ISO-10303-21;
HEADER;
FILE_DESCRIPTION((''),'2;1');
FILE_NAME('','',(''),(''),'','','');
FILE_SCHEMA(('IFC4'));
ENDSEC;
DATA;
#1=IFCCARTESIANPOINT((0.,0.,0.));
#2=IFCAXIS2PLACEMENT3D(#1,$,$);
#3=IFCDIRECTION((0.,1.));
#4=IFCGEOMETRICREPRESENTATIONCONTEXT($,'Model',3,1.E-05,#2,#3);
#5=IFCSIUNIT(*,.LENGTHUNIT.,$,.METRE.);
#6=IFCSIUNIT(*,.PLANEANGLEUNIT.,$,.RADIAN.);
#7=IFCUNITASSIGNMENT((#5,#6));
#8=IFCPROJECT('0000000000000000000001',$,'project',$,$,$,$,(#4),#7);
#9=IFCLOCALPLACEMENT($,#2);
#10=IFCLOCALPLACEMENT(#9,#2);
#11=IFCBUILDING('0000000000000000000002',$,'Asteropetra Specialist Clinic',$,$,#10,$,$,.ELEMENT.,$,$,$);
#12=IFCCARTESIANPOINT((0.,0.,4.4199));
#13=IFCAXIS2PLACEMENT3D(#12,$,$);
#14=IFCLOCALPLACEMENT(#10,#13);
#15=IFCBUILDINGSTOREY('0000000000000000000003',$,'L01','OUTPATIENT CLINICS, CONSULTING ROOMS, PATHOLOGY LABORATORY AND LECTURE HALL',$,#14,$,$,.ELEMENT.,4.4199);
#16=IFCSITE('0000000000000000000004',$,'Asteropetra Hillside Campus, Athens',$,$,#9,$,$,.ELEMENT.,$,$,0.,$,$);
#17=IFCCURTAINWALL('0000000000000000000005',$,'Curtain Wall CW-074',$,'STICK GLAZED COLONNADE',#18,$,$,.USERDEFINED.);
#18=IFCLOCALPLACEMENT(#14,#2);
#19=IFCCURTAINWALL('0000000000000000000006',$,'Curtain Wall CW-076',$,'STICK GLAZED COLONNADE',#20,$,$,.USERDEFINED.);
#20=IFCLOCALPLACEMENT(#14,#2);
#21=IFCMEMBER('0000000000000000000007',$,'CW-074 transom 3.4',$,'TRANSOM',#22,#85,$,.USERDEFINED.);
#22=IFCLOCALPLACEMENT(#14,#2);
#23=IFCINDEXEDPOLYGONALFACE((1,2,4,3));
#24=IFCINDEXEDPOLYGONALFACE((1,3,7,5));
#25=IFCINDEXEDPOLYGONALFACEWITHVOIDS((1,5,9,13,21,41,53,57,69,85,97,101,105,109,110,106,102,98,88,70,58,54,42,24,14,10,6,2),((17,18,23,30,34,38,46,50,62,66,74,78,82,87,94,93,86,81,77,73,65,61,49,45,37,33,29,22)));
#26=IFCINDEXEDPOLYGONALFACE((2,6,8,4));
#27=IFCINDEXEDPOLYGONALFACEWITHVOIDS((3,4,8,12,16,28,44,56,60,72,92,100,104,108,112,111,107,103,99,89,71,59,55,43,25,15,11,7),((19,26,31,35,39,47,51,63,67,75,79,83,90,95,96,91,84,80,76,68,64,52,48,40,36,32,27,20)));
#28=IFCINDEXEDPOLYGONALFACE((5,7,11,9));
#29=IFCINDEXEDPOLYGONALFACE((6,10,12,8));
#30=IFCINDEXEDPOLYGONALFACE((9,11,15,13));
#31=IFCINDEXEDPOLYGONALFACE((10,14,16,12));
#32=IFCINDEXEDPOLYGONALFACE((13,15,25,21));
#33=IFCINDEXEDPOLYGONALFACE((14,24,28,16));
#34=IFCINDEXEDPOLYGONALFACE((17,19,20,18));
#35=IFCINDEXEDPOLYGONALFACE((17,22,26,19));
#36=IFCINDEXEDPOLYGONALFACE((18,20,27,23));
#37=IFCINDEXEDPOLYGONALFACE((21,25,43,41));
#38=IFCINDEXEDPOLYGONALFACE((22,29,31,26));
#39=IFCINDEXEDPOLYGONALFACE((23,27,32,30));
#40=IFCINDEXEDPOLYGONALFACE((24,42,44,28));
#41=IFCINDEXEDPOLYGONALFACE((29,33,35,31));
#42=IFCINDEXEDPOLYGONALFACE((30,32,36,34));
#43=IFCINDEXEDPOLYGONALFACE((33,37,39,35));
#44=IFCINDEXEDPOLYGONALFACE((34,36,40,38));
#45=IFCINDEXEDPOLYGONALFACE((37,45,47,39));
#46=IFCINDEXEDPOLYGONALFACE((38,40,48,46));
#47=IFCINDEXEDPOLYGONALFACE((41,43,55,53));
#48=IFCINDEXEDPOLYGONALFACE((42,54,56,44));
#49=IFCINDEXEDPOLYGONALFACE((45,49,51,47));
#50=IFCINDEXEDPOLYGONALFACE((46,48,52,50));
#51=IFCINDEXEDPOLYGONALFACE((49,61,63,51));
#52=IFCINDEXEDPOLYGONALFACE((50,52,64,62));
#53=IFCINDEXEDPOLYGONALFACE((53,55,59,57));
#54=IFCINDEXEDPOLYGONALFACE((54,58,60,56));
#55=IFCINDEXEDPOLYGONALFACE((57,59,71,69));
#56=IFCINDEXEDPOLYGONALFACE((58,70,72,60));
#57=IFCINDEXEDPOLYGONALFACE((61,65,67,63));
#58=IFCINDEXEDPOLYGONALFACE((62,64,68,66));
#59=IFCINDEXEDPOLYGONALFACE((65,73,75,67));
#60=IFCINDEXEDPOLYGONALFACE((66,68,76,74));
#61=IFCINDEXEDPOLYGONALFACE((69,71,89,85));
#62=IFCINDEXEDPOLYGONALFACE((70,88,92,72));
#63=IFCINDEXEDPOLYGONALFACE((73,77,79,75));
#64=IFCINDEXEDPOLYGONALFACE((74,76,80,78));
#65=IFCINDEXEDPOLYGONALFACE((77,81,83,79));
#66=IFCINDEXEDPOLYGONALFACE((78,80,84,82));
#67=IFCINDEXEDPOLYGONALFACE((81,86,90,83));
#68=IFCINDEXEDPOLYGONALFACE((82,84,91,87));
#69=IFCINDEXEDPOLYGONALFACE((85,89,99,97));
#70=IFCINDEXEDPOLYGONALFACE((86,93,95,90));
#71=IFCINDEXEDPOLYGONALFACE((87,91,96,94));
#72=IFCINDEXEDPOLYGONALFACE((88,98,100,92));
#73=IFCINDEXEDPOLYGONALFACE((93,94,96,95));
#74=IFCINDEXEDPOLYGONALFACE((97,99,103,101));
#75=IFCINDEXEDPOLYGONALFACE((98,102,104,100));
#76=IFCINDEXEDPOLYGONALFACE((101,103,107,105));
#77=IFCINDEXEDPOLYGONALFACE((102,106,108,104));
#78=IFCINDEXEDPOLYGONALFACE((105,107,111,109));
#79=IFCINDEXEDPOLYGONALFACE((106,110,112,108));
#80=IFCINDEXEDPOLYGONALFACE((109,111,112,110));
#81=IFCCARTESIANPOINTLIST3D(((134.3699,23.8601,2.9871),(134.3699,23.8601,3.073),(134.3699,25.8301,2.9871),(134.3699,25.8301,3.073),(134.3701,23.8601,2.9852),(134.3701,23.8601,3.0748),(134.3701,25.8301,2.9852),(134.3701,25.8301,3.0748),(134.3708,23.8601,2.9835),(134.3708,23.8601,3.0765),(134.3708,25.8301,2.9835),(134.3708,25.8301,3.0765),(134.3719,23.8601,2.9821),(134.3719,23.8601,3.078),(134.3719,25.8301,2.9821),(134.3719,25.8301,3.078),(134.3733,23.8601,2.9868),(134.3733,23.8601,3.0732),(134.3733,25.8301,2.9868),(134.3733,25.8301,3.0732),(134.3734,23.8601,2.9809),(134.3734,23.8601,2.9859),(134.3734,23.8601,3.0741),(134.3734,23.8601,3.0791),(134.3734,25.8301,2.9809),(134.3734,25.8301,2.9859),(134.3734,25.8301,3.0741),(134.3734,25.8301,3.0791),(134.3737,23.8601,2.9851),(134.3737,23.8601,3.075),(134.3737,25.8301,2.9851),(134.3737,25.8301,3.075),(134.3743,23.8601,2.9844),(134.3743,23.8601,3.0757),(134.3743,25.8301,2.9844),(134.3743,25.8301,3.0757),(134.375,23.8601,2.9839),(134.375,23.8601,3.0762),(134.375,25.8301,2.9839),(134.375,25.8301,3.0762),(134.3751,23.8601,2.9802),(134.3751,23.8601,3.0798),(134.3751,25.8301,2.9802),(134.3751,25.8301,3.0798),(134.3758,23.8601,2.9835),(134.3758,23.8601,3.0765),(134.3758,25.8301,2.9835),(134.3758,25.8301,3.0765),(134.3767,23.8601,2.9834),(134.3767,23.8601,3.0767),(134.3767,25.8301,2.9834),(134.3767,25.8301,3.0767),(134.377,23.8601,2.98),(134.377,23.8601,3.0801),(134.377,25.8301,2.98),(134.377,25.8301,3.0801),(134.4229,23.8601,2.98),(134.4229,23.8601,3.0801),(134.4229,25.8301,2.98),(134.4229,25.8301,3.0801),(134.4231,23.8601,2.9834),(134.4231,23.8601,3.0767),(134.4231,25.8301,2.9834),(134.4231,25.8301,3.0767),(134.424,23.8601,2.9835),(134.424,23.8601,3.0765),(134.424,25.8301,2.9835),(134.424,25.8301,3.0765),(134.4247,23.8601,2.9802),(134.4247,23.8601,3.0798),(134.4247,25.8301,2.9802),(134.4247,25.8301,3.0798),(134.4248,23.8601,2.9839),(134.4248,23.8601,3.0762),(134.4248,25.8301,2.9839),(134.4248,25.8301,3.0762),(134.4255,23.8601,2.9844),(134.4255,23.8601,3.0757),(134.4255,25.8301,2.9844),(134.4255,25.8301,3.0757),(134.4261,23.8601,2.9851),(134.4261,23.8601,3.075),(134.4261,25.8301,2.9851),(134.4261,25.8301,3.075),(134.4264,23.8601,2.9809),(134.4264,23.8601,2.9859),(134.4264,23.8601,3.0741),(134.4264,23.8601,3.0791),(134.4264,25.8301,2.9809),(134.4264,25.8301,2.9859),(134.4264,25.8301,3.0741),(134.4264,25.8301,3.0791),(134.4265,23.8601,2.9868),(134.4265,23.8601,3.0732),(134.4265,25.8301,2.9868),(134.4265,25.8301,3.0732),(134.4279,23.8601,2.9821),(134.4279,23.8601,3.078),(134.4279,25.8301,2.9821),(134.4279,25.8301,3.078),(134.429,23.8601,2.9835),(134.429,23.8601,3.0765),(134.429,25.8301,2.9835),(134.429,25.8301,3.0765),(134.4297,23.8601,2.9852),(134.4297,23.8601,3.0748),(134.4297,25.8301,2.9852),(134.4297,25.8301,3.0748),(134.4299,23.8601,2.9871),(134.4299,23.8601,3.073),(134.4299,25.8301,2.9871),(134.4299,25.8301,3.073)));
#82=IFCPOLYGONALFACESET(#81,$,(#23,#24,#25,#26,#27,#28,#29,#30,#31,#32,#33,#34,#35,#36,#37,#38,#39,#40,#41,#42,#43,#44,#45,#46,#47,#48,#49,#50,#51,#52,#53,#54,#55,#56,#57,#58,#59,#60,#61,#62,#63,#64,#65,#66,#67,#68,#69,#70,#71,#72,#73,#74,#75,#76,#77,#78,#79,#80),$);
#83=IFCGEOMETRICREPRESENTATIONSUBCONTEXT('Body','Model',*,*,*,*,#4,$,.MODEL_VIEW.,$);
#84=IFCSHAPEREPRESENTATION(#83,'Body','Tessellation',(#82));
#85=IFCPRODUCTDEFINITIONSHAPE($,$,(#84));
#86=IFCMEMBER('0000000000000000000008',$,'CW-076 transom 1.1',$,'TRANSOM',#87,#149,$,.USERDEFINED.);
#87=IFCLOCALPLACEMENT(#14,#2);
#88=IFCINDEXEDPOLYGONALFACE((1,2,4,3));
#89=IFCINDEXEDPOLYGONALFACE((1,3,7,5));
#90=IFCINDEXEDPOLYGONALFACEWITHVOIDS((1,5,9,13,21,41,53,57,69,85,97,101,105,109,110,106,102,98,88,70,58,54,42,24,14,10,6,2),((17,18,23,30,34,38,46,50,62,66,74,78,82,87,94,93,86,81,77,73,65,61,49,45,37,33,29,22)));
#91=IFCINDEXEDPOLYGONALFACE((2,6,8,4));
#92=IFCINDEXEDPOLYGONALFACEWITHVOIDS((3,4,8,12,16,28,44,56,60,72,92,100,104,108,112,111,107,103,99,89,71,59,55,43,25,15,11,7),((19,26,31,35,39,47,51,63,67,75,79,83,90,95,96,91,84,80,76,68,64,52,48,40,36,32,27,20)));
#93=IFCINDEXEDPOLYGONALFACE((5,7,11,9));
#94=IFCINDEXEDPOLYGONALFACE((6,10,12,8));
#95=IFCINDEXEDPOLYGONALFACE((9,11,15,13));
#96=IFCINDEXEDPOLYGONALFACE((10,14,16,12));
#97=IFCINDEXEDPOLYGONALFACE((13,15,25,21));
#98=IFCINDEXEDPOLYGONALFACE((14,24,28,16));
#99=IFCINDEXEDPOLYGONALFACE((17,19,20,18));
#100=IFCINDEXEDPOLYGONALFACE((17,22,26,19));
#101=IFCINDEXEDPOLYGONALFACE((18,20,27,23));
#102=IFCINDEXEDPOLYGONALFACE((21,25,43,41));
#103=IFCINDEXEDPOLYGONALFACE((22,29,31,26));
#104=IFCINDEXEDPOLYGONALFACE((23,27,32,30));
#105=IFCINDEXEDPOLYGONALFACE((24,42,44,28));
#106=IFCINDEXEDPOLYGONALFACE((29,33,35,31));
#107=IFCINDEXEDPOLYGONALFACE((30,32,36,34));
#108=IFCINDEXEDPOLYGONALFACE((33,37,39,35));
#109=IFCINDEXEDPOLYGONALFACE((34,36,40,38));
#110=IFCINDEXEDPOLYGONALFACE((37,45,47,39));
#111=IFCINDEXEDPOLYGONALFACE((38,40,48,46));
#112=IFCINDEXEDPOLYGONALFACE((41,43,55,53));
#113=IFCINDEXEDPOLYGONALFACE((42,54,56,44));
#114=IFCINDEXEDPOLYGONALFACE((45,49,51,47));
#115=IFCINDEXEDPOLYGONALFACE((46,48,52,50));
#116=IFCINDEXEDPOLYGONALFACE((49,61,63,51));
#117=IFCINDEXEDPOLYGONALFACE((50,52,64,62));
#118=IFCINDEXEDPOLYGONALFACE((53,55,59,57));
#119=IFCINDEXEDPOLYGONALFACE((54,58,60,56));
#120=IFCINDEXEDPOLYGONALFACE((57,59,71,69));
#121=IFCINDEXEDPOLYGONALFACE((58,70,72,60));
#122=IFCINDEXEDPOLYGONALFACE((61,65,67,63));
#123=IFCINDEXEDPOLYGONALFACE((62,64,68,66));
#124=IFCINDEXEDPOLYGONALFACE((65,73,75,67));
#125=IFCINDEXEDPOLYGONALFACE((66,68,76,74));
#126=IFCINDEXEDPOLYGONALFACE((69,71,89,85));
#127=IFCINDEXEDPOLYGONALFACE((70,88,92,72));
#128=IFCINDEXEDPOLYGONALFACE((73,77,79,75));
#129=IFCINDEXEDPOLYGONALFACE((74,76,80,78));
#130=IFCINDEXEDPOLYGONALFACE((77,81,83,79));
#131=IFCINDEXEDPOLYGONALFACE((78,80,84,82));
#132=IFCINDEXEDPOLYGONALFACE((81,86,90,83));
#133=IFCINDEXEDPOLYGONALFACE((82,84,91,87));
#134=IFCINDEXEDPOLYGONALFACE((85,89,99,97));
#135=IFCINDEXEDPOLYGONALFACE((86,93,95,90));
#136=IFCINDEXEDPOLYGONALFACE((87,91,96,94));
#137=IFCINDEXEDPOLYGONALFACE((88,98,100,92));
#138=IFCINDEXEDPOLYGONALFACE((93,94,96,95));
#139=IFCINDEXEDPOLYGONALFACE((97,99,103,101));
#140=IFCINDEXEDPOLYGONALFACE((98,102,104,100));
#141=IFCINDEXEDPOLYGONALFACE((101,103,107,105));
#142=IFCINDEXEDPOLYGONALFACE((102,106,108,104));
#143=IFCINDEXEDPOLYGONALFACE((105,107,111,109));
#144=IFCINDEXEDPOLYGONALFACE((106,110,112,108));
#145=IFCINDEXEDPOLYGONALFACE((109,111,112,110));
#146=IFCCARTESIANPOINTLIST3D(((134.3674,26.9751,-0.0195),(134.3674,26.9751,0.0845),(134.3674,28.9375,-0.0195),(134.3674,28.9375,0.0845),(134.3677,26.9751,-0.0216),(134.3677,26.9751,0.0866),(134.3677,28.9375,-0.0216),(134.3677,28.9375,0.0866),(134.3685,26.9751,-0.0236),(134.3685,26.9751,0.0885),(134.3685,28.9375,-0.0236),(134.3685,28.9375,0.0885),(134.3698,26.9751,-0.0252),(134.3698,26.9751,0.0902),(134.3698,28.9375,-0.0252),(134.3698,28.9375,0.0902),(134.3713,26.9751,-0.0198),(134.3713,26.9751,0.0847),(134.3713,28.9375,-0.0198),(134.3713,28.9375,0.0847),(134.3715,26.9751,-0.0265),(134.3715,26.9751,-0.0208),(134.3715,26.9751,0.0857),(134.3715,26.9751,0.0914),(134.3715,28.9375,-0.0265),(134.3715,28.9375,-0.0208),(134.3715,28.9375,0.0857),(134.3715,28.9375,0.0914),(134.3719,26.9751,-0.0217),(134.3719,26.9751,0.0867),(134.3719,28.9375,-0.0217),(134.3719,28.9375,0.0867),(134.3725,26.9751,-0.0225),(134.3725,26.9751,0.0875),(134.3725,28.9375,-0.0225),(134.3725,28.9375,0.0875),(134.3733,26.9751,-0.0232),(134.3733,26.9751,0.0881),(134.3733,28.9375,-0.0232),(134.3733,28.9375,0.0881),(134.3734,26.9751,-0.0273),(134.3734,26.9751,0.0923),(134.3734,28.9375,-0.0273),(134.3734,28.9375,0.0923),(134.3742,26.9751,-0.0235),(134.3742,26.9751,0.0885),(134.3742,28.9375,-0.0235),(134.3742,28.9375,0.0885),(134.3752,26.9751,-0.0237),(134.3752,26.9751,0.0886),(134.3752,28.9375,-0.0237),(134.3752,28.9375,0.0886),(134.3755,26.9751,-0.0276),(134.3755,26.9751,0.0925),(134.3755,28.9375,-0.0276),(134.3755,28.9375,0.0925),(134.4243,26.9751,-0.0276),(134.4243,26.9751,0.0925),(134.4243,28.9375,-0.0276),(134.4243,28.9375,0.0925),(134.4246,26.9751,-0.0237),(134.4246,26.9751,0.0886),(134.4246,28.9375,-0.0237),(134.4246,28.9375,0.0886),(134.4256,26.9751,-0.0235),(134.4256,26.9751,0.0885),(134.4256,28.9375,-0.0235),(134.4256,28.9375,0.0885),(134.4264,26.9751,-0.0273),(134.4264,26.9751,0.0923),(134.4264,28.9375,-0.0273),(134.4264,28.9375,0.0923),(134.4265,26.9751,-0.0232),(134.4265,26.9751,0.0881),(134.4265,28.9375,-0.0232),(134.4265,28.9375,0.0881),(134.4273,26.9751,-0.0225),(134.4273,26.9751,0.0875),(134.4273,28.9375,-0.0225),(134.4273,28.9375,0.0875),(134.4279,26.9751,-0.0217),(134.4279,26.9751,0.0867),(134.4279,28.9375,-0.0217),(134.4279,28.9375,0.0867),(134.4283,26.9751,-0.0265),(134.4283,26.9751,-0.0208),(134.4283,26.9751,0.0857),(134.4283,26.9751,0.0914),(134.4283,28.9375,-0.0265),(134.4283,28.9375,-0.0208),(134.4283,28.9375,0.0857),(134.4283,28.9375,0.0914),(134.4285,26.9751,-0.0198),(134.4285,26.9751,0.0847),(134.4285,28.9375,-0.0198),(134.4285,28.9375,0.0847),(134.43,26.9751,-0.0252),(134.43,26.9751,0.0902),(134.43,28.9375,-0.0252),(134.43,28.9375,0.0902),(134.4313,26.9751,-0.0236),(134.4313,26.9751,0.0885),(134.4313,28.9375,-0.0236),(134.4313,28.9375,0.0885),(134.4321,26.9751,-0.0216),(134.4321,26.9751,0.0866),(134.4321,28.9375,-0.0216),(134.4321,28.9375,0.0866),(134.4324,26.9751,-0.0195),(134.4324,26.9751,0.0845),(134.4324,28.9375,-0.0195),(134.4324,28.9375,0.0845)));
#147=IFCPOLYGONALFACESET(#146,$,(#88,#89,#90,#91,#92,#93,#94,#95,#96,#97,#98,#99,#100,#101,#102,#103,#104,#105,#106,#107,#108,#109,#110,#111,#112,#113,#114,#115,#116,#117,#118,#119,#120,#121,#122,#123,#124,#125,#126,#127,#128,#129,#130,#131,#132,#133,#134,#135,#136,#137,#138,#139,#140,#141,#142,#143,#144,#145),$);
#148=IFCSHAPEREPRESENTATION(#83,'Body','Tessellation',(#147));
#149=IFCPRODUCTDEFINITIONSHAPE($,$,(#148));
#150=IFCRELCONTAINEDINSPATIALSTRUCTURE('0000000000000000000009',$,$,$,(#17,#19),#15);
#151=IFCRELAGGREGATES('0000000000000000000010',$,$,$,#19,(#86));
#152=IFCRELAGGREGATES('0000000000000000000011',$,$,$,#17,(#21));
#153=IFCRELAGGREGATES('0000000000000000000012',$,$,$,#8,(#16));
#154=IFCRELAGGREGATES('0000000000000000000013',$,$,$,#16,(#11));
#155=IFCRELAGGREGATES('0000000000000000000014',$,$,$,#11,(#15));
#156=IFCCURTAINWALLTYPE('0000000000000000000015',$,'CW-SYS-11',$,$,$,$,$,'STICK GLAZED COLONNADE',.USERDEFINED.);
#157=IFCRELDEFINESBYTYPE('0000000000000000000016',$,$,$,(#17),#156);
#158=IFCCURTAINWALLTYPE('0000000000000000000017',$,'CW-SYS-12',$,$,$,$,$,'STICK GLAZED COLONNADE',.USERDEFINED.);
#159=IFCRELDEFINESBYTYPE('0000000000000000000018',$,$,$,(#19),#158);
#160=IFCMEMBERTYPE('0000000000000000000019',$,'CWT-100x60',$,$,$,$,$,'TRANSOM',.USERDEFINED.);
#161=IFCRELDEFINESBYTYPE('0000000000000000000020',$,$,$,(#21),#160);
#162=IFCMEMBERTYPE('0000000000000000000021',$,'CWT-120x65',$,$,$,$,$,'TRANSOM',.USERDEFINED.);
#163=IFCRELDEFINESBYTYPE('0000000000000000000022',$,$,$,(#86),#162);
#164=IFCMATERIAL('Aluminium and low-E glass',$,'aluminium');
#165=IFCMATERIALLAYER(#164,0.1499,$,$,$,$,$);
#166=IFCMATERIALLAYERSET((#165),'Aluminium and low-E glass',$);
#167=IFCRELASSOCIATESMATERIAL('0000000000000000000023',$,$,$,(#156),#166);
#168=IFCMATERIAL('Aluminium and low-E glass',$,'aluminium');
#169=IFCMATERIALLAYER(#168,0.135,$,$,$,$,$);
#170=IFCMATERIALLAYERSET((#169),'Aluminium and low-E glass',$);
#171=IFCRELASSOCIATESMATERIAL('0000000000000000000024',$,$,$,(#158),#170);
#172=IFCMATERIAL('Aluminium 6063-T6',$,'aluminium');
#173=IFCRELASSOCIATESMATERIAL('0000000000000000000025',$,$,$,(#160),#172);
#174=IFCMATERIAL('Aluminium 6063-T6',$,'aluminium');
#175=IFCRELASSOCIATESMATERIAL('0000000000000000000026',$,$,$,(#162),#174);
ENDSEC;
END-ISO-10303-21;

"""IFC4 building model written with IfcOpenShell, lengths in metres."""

from ifc_helpers import new_model, si_unit, direction, frame, origin, origin_2d, place, context, subcontext, project, spatial, hollow_rectangle, extrude, material, layer, layer_set, material_profile, profile_set, type_object, element, aggregate, save


model = new_model("IFC4")

# Units and contexts
model_context = context("Model", 3, precision=1e-05, world=origin(), true_north=direction((0.0, 1.0)))
body_context = subcontext(model_context, "Body", "Model", "MODEL_VIEW")
ifc_project = project(units=[si_unit("LENGTHUNIT", "METRE"), si_unit("PLANEANGLEUNIT", "RADIAN")], contexts=[model_context])

# Site, building, storey
site_placement = place(None, origin())
site = spatial("IfcSite", under=ifc_project, at=site_placement, Name="Asteropetra Hillside Campus, Athens", CompositionType="ELEMENT", RefElevation=0.0)
building_placement = place(site_placement, origin())
building = spatial("IfcBuilding", under=site, at=building_placement, Name="Asteropetra Specialist Clinic", CompositionType="ELEMENT")
storey_placement = place(building_placement, frame((0.0, 0.0, 4.4199)))
storey = spatial("IfcBuildingStorey", under=building, at=storey_placement, Name="L01", Description="OUTPATIENT CLINICS, CONSULTING ROOMS, PATHOLOGY LABORATORY AND LECTURE HALL", CompositionType="ELEMENT", Elevation=4.4199)

# Curtain walls
ifc_material_1 = material(Name="Aluminium and low-E glass", Category="aluminium")
ifc_layer_1 = layer(ifc_material_1, 0.1499)
ifc_layer_set_1 = layer_set([ifc_layer_1], Name="Aluminium and low-E glass")
curtain_wall_type_1 = type_object("IfcCurtainWallType", Name="CW-SYS-11", ElementType="STICK GLAZED COLONNADE", PredefinedType="USERDEFINED", material=ifc_layer_set_1)
curtain_wall_1_placement = place(storey_placement, origin())
curtain_wall_1 = element("IfcCurtainWall", 1, at=curtain_wall_1_placement, inside=storey, type_object=curtain_wall_type_1, Name="Curtain Wall CW-074", ObjectType="STICK GLAZED COLONNADE", PredefinedType="USERDEFINED")
ifc_material_2 = material(Name="Aluminium and low-E glass", Category="aluminium")
ifc_layer_2 = layer(ifc_material_2, 0.135)
ifc_layer_set_2 = layer_set([ifc_layer_2], Name="Aluminium and low-E glass")
curtain_wall_type_2 = type_object("IfcCurtainWallType", Name="CW-SYS-12", ElementType="STICK GLAZED COLONNADE", PredefinedType="USERDEFINED", material=ifc_layer_set_2)
curtain_wall_2_placement = place(storey_placement, origin())
curtain_wall_2 = element("IfcCurtainWall", 2, at=curtain_wall_2_placement, inside=storey, type_object=curtain_wall_type_2, Name="Curtain Wall CW-076", ObjectType="STICK GLAZED COLONNADE", PredefinedType="USERDEFINED")

# Members
ifc_material_3 = material(Name="Aluminium 6063-T6", Category="aluminium")
ifc_material_profile_1 = material_profile(ifc_material_3, hollow_rectangle(XDim=0.0601, YDim=0.1001, WallThickness=0.0034, InnerFilletRadius=0.0034, OuterFilletRadius=0.0071, at=origin_2d()), Name="TRN 100x60x3.5")
ifc_profile_set_1 = profile_set([ifc_material_profile_1], Name="Aluminium 6063-T6")
member_type_1 = type_object("IfcMemberType", Name="CWT-100x60", ElementType="TRANSOM", PredefinedType="USERDEFINED", material=ifc_profile_set_1)
member_1_placement = place(storey_placement, frame((134.3999, 23.8601, 3.03), z_axis=(0.0, 1.0, 0.0), x_axis=(-1.0, 0.0, 0.0)))
member_1 = element("IfcMember", 3, at=member_1_placement, type_object=member_type_1, Name="CW-074 transom 3.4", ObjectType="TRANSOM", PredefinedType="USERDEFINED", context=body_context, shape_type="SweptSolid", body=[
    extrude(hollow_rectangle(XDim=0.0601, YDim=0.1001, WallThickness=0.0034, InnerFilletRadius=0.0034, OuterFilletRadius=0.0071, at=origin_2d()), origin(), (0.0, 0.0, 1.0), 1.97),
])
ifc_material_4 = material(Name="Aluminium 6063-T6", Category="aluminium")
ifc_material_profile_2 = material_profile(ifc_material_4, hollow_rectangle(XDim=0.0649, YDim=0.1201, WallThickness=0.0039, InnerFilletRadius=0.0039, OuterFilletRadius=0.0081, at=origin_2d()), Name="TRN 120x65x4.0")
ifc_profile_set_2 = profile_set([ifc_material_profile_2], Name="Aluminium 6063-T6")
member_type_2 = type_object("IfcMemberType", Name="CWT-120x65", ElementType="TRANSOM", PredefinedType="USERDEFINED", material=ifc_profile_set_2)
member_2_placement = place(storey_placement, frame((134.3999, 26.9751, 0.0325), z_axis=(0.0, 1.0, 0.0), x_axis=(-1.0, 0.0, 0.0)))
member_2 = element("IfcMember", 4, at=member_2_placement, type_object=member_type_2, Name="CW-076 transom 1.1", ObjectType="TRANSOM", PredefinedType="USERDEFINED", context=body_context, shape_type="SweptSolid", body=[
    extrude(hollow_rectangle(XDim=0.0649, YDim=0.1201, WallThickness=0.0039, InnerFilletRadius=0.0039, OuterFilletRadius=0.0081, at=origin_2d()), origin(), (0.0, 0.0, 1.0), 1.9624),
])

aggregate(curtain_wall_2, [member_2])
aggregate(curtain_wall_1, [member_1])

save(model, "model.ifc")
